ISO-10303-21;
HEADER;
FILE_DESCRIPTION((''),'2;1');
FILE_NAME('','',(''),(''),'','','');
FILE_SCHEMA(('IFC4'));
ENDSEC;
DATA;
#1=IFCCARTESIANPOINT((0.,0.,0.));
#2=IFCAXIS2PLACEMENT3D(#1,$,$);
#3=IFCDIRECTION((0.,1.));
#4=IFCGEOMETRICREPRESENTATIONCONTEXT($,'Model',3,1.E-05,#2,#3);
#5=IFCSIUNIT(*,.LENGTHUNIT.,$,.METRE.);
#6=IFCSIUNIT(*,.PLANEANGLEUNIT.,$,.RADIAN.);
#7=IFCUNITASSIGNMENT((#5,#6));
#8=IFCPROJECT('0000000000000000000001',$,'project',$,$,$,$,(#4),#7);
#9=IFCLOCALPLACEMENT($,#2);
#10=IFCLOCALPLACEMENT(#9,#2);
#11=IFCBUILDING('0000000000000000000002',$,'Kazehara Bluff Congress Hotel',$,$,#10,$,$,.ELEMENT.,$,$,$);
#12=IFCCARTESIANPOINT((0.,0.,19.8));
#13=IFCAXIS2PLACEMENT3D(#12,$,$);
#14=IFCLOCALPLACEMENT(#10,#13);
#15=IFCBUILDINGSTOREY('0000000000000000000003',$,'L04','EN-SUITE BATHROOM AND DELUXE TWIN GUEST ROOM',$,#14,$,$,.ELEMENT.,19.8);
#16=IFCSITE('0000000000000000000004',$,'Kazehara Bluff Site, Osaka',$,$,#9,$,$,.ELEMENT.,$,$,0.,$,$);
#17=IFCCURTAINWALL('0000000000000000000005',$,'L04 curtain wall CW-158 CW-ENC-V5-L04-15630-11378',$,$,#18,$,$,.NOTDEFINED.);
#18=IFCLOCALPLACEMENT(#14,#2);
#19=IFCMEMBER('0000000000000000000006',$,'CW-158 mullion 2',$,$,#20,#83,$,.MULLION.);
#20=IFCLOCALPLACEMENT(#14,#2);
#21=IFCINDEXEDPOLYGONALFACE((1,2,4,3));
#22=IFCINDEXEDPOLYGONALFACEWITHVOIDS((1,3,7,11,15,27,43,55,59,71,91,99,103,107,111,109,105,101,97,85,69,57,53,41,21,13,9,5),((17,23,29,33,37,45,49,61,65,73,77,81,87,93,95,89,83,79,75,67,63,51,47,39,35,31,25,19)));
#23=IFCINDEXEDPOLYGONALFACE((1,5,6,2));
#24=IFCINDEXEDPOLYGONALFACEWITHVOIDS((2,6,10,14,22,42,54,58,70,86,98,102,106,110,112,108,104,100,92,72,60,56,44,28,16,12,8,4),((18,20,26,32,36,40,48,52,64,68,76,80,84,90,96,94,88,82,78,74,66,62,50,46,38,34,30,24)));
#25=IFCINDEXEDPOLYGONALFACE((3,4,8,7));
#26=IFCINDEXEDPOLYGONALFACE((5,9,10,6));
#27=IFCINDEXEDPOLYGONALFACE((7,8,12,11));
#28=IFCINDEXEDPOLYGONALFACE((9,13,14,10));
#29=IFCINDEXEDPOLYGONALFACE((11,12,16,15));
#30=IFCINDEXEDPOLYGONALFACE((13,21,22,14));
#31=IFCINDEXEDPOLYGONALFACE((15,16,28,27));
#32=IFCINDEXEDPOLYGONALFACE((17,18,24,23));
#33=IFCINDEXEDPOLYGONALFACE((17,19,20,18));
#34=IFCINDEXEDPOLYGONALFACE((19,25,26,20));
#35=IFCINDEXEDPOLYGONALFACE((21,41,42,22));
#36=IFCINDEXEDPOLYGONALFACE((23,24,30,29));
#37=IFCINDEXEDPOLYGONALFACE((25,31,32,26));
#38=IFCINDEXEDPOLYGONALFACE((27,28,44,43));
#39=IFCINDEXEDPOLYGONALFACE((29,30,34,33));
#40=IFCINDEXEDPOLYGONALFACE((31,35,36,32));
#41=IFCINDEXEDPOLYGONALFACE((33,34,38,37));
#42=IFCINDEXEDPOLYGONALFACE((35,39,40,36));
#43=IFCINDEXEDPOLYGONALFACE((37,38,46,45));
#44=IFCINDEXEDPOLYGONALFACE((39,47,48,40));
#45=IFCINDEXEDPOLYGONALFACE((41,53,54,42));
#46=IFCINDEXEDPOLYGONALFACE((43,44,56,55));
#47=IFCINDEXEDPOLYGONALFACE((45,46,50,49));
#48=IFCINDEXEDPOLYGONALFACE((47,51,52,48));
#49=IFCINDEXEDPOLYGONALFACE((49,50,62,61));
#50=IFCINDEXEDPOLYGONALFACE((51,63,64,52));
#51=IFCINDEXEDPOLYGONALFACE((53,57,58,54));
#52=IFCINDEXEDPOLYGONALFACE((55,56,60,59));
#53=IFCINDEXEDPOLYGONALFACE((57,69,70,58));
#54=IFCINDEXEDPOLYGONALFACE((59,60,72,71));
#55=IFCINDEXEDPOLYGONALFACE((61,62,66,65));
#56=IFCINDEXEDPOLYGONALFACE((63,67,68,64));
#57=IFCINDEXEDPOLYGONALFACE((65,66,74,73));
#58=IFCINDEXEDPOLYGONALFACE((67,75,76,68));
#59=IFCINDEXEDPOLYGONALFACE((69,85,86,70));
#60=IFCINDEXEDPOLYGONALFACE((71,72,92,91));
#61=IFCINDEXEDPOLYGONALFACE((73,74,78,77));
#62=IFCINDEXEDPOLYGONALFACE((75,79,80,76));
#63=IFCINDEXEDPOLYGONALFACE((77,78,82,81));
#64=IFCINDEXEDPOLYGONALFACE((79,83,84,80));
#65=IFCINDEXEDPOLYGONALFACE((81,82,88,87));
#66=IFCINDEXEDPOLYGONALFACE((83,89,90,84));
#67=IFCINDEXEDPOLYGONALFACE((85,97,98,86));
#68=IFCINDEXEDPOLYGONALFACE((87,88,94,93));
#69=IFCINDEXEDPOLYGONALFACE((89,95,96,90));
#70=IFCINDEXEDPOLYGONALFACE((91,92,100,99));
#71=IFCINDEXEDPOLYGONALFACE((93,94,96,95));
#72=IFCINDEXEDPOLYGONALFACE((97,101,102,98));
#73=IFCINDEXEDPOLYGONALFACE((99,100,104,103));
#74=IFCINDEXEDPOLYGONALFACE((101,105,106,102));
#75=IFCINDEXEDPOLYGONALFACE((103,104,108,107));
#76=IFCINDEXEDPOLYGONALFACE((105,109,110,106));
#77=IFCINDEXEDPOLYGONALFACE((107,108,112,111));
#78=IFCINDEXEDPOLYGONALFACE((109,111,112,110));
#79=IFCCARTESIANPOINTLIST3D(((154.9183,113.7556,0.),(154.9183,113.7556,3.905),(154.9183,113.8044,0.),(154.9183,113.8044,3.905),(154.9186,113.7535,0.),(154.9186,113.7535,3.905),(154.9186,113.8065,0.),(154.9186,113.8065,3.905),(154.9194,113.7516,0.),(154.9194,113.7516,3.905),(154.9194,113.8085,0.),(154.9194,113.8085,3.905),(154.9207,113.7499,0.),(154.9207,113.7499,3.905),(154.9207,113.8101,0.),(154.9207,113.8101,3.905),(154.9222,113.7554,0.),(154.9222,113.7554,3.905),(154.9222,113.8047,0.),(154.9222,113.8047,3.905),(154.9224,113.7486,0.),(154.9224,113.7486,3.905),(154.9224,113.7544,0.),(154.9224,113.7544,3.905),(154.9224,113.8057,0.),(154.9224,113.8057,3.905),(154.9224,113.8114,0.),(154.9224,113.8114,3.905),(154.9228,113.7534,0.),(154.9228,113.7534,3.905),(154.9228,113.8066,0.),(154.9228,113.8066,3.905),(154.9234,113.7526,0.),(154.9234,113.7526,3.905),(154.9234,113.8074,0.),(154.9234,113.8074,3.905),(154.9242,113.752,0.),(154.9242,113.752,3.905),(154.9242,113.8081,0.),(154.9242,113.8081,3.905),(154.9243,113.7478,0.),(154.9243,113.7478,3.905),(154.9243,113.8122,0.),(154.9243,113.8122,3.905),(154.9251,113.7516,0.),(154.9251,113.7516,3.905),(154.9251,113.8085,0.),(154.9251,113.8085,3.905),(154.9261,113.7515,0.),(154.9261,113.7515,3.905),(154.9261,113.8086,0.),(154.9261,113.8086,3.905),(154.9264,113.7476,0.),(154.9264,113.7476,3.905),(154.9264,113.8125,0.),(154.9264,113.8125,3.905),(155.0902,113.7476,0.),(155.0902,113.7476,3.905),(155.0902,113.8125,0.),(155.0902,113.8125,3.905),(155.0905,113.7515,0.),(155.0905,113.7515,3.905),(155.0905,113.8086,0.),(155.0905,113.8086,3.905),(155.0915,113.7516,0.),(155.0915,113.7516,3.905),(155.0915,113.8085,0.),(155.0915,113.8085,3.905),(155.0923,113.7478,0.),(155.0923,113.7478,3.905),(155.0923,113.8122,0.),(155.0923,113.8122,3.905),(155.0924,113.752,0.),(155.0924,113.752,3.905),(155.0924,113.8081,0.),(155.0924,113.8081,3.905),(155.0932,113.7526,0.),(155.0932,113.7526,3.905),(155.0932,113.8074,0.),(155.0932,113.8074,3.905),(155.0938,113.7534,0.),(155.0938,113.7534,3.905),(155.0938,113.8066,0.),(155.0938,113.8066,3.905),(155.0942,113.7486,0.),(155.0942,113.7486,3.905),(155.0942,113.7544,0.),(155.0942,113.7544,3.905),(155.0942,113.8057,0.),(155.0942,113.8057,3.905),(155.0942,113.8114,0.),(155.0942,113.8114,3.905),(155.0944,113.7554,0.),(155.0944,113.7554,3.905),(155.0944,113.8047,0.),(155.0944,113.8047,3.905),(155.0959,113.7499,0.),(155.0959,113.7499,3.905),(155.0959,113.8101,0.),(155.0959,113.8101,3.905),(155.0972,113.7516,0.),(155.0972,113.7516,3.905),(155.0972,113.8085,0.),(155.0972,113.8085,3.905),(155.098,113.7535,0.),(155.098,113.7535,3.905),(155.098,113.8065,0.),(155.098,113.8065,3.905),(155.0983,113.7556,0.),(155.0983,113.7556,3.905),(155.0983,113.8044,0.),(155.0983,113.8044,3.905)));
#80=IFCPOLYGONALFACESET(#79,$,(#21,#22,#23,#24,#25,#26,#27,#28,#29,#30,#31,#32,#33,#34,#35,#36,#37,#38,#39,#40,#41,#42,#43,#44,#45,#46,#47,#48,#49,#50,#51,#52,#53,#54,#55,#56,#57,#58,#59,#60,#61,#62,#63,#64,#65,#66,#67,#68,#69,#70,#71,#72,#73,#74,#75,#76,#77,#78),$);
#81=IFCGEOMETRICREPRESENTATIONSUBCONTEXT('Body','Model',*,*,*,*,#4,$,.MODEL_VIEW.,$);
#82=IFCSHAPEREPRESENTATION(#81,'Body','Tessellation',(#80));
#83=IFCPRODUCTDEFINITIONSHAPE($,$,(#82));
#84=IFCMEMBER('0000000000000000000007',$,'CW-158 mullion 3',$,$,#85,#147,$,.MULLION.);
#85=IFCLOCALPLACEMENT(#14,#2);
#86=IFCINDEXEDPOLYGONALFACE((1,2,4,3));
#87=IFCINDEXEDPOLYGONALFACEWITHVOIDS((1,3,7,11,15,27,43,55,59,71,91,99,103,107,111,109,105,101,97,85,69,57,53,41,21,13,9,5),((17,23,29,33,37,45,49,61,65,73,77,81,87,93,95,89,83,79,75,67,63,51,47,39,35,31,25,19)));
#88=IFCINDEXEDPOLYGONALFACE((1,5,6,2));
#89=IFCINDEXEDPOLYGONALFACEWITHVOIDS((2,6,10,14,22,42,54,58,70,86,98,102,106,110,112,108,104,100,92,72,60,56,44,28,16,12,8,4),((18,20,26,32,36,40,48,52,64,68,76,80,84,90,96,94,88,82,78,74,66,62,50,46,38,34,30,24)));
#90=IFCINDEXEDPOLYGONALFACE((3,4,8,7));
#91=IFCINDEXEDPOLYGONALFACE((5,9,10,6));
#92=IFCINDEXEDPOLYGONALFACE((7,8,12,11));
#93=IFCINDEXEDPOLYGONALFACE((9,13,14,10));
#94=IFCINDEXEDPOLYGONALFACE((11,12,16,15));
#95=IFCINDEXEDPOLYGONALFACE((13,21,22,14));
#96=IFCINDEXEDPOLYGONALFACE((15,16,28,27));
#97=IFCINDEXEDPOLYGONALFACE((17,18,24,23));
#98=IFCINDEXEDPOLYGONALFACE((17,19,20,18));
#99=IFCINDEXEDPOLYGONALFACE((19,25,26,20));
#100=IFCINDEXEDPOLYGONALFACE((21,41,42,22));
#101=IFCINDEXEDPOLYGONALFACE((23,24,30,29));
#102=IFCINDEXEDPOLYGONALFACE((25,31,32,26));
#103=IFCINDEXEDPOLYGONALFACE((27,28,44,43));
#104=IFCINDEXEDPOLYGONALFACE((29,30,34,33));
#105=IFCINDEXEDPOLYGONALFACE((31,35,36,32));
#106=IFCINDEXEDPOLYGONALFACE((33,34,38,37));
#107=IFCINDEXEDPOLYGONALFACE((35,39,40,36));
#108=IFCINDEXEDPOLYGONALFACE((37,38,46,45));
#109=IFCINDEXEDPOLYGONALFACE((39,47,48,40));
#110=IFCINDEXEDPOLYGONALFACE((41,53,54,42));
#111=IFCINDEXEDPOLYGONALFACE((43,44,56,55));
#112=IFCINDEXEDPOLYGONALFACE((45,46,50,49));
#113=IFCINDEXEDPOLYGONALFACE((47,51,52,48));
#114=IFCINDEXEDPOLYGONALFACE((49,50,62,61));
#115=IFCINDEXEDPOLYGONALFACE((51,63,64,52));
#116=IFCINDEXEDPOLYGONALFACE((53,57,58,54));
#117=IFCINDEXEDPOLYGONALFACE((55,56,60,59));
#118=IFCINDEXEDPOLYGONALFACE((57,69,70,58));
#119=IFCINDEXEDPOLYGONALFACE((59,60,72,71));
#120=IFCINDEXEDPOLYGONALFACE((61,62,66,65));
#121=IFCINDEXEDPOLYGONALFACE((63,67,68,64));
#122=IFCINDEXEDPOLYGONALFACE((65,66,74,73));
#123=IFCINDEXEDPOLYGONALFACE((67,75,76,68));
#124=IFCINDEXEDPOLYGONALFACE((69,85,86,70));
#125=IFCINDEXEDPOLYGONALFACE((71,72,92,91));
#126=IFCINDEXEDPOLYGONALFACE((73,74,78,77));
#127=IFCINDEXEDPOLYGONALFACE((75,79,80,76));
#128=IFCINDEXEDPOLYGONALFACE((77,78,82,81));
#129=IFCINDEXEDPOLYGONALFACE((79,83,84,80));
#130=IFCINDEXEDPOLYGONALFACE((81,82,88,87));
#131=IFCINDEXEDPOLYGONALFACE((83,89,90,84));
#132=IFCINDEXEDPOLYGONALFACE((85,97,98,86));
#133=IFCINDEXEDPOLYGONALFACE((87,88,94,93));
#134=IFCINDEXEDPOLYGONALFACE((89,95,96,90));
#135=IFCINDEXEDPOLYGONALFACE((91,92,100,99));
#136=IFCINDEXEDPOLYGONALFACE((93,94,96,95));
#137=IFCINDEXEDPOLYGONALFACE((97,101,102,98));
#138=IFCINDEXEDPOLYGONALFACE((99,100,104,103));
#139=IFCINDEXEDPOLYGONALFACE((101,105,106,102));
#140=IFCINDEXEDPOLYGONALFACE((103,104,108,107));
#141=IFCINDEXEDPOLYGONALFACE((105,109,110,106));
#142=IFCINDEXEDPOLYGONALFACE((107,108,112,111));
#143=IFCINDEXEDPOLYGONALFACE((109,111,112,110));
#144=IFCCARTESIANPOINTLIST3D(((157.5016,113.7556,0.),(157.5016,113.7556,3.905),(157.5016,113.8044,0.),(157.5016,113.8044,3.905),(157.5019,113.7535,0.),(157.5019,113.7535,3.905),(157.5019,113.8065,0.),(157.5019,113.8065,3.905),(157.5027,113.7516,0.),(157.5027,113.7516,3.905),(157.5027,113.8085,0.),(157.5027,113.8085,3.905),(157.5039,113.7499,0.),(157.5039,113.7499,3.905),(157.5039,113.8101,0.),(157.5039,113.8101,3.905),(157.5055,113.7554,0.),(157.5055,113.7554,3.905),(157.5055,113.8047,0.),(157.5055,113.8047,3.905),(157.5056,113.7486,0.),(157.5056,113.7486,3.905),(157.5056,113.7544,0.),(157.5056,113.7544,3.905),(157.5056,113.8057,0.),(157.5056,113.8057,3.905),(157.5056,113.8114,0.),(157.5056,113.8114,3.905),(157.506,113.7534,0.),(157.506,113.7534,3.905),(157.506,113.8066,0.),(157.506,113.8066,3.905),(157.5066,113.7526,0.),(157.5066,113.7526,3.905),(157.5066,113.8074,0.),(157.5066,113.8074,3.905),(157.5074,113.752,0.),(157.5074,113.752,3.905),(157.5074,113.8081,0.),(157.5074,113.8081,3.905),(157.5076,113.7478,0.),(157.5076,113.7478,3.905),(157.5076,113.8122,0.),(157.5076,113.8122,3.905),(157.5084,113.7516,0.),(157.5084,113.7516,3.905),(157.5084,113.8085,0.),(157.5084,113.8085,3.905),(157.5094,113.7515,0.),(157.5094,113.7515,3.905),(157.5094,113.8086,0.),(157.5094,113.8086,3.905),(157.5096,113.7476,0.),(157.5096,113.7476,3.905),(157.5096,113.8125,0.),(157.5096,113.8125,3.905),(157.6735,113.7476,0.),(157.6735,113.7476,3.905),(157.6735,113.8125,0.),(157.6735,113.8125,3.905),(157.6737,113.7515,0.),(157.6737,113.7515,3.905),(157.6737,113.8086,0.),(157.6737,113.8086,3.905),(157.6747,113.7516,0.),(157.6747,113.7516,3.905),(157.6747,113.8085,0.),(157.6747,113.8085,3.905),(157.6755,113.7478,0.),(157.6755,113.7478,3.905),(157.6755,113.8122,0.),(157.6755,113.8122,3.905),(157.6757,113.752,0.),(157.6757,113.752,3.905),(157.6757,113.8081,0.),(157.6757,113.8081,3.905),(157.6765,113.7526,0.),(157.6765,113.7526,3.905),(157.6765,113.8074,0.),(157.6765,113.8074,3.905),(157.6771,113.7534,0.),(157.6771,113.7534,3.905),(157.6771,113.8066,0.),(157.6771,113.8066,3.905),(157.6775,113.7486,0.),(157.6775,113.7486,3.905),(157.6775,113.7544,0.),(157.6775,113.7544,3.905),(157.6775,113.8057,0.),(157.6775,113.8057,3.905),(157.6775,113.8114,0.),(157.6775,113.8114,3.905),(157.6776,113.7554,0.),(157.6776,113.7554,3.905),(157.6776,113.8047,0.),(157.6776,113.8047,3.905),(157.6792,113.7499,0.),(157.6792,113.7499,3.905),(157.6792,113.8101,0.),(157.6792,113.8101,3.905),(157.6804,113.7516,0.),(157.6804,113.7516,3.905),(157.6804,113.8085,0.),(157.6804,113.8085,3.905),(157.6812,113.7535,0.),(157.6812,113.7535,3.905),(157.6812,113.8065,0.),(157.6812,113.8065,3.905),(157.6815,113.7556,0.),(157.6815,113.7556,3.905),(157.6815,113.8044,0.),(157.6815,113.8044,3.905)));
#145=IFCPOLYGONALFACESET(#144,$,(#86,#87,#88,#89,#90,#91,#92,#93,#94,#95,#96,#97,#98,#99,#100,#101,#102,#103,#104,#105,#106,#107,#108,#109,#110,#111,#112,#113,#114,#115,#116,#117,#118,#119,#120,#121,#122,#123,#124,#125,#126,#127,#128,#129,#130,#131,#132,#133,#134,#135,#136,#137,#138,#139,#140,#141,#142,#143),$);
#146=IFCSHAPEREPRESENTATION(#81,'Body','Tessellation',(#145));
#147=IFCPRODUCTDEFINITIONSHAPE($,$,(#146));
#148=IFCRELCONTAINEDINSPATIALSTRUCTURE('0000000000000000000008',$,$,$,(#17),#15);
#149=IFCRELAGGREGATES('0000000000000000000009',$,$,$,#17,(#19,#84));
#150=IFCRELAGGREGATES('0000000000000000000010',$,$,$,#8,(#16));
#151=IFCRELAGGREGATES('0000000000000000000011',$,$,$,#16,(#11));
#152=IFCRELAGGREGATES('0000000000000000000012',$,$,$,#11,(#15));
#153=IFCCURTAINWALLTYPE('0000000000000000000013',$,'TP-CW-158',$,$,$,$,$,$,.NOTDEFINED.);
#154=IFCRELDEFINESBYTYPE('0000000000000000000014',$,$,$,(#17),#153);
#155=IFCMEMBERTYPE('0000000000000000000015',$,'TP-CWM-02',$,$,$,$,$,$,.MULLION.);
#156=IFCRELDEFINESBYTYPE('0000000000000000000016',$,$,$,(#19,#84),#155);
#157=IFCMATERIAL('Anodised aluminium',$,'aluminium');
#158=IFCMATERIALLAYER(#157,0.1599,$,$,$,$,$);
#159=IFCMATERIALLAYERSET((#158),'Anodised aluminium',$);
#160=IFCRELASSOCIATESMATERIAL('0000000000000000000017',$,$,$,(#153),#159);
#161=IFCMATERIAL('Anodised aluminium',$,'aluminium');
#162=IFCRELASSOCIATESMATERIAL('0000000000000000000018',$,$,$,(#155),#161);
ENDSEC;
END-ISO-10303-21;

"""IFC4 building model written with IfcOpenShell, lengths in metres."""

from ifc_helpers import new_model, si_unit, direction, frame, origin, origin_2d, place, context, subcontext, project, spatial, hollow_rectangle, extrude, material, layer, layer_set, material_profile, profile_set, type_object, element, aggregate, save


model = new_model("IFC4")

# Units and contexts
model_context = context("Model", 3, precision=1e-05, world=origin(), true_north=direction((0.0, 1.0)))
body_context = subcontext(model_context, "Body", "Model", "MODEL_VIEW")
ifc_project = project(units=[si_unit("LENGTHUNIT", "METRE"), si_unit("PLANEANGLEUNIT", "RADIAN")], contexts=[model_context])

# Site, building, storey
site_placement = place(None, origin())
site = spatial("IfcSite", under=ifc_project, at=site_placement, Name="Kazehara Bluff Site, Osaka", CompositionType="ELEMENT", RefElevation=0.0)
building_placement = place(site_placement, origin())
building = spatial("IfcBuilding", under=site, at=building_placement, Name="Kazehara Bluff Congress Hotel", CompositionType="ELEMENT")
storey_placement = place(building_placement, frame((0.0, 0.0, 19.8)))
storey = spatial("IfcBuildingStorey", under=building, at=storey_placement, Name="L04", Description="EN-SUITE BATHROOM AND DELUXE TWIN GUEST ROOM", CompositionType="ELEMENT", Elevation=19.8)

# Curtain wall, members
ifc_material_1 = material(Name="Anodised aluminium", Category="aluminium")
ifc_layer_1 = layer(ifc_material_1, 0.1599)
ifc_layer_set_1 = layer_set([ifc_layer_1], Name="Anodised aluminium")
curtain_wall_type = type_object("IfcCurtainWallType", Name="TP-CW-158", PredefinedType="NOTDEFINED", material=ifc_layer_set_1)
curtain_wall_placement = place(storey_placement, origin())
curtain_wall = element("IfcCurtainWall", 1, at=curtain_wall_placement, inside=storey, type_object=curtain_wall_type, Name="L04 curtain wall CW-158 CW-ENC-V5-L04-15630-11378", PredefinedType="NOTDEFINED")
ifc_material_2 = material(Name="Anodised aluminium", Category="aluminium")
ifc_material_profile_1 = material_profile(ifc_material_2, hollow_rectangle(XDim=0.0649, YDim=0.1799, WallThickness=0.0039, InnerFilletRadius=0.0039, OuterFilletRadius=0.0081, at=origin_2d()))
ifc_profile_set_1 = profile_set([ifc_material_profile_1], Name="Anodised aluminium")
member_type_1 = type_object("IfcMemberType", Name="TP-CWM-02", PredefinedType="MULLION", material=ifc_profile_set_1)
member_1_placement = place(storey_placement, frame((155.0083, 113.78, 0.0), z_axis=(0.0, 0.0, 1.0), x_axis=(0.0, 1.0, 0.0)))
member_1 = element("IfcMember", 2, at=member_1_placement, type_object=member_type_1, Name="CW-158 mullion 2", PredefinedType="MULLION", context=body_context, shape_type="SweptSolid", body=[
    extrude(hollow_rectangle(XDim=0.0649, YDim=0.1799, WallThickness=0.0039, InnerFilletRadius=0.0039, OuterFilletRadius=0.0081, at=origin_2d()), origin(), (0.0, 0.0, 1.0), 3.905),
])
member_2_placement = place(storey_placement, frame((157.5916, 113.78, 0.0), z_axis=(0.0, 0.0, 1.0), x_axis=(0.0, 1.0, 0.0)))
member_2 = element("IfcMember", 3, at=member_2_placement, type_object=member_type_1, Name="CW-158 mullion 3", PredefinedType="MULLION", context=body_context, shape_type="SweptSolid", body=[
    extrude(hollow_rectangle(XDim=0.0649, YDim=0.1799, WallThickness=0.0039, InnerFilletRadius=0.0039, OuterFilletRadius=0.0081, at=origin_2d()), origin(), (0.0, 0.0, 1.0), 3.905),
])
aggregate(curtain_wall, [member_1, member_2])

save(model, "model.ifc")
